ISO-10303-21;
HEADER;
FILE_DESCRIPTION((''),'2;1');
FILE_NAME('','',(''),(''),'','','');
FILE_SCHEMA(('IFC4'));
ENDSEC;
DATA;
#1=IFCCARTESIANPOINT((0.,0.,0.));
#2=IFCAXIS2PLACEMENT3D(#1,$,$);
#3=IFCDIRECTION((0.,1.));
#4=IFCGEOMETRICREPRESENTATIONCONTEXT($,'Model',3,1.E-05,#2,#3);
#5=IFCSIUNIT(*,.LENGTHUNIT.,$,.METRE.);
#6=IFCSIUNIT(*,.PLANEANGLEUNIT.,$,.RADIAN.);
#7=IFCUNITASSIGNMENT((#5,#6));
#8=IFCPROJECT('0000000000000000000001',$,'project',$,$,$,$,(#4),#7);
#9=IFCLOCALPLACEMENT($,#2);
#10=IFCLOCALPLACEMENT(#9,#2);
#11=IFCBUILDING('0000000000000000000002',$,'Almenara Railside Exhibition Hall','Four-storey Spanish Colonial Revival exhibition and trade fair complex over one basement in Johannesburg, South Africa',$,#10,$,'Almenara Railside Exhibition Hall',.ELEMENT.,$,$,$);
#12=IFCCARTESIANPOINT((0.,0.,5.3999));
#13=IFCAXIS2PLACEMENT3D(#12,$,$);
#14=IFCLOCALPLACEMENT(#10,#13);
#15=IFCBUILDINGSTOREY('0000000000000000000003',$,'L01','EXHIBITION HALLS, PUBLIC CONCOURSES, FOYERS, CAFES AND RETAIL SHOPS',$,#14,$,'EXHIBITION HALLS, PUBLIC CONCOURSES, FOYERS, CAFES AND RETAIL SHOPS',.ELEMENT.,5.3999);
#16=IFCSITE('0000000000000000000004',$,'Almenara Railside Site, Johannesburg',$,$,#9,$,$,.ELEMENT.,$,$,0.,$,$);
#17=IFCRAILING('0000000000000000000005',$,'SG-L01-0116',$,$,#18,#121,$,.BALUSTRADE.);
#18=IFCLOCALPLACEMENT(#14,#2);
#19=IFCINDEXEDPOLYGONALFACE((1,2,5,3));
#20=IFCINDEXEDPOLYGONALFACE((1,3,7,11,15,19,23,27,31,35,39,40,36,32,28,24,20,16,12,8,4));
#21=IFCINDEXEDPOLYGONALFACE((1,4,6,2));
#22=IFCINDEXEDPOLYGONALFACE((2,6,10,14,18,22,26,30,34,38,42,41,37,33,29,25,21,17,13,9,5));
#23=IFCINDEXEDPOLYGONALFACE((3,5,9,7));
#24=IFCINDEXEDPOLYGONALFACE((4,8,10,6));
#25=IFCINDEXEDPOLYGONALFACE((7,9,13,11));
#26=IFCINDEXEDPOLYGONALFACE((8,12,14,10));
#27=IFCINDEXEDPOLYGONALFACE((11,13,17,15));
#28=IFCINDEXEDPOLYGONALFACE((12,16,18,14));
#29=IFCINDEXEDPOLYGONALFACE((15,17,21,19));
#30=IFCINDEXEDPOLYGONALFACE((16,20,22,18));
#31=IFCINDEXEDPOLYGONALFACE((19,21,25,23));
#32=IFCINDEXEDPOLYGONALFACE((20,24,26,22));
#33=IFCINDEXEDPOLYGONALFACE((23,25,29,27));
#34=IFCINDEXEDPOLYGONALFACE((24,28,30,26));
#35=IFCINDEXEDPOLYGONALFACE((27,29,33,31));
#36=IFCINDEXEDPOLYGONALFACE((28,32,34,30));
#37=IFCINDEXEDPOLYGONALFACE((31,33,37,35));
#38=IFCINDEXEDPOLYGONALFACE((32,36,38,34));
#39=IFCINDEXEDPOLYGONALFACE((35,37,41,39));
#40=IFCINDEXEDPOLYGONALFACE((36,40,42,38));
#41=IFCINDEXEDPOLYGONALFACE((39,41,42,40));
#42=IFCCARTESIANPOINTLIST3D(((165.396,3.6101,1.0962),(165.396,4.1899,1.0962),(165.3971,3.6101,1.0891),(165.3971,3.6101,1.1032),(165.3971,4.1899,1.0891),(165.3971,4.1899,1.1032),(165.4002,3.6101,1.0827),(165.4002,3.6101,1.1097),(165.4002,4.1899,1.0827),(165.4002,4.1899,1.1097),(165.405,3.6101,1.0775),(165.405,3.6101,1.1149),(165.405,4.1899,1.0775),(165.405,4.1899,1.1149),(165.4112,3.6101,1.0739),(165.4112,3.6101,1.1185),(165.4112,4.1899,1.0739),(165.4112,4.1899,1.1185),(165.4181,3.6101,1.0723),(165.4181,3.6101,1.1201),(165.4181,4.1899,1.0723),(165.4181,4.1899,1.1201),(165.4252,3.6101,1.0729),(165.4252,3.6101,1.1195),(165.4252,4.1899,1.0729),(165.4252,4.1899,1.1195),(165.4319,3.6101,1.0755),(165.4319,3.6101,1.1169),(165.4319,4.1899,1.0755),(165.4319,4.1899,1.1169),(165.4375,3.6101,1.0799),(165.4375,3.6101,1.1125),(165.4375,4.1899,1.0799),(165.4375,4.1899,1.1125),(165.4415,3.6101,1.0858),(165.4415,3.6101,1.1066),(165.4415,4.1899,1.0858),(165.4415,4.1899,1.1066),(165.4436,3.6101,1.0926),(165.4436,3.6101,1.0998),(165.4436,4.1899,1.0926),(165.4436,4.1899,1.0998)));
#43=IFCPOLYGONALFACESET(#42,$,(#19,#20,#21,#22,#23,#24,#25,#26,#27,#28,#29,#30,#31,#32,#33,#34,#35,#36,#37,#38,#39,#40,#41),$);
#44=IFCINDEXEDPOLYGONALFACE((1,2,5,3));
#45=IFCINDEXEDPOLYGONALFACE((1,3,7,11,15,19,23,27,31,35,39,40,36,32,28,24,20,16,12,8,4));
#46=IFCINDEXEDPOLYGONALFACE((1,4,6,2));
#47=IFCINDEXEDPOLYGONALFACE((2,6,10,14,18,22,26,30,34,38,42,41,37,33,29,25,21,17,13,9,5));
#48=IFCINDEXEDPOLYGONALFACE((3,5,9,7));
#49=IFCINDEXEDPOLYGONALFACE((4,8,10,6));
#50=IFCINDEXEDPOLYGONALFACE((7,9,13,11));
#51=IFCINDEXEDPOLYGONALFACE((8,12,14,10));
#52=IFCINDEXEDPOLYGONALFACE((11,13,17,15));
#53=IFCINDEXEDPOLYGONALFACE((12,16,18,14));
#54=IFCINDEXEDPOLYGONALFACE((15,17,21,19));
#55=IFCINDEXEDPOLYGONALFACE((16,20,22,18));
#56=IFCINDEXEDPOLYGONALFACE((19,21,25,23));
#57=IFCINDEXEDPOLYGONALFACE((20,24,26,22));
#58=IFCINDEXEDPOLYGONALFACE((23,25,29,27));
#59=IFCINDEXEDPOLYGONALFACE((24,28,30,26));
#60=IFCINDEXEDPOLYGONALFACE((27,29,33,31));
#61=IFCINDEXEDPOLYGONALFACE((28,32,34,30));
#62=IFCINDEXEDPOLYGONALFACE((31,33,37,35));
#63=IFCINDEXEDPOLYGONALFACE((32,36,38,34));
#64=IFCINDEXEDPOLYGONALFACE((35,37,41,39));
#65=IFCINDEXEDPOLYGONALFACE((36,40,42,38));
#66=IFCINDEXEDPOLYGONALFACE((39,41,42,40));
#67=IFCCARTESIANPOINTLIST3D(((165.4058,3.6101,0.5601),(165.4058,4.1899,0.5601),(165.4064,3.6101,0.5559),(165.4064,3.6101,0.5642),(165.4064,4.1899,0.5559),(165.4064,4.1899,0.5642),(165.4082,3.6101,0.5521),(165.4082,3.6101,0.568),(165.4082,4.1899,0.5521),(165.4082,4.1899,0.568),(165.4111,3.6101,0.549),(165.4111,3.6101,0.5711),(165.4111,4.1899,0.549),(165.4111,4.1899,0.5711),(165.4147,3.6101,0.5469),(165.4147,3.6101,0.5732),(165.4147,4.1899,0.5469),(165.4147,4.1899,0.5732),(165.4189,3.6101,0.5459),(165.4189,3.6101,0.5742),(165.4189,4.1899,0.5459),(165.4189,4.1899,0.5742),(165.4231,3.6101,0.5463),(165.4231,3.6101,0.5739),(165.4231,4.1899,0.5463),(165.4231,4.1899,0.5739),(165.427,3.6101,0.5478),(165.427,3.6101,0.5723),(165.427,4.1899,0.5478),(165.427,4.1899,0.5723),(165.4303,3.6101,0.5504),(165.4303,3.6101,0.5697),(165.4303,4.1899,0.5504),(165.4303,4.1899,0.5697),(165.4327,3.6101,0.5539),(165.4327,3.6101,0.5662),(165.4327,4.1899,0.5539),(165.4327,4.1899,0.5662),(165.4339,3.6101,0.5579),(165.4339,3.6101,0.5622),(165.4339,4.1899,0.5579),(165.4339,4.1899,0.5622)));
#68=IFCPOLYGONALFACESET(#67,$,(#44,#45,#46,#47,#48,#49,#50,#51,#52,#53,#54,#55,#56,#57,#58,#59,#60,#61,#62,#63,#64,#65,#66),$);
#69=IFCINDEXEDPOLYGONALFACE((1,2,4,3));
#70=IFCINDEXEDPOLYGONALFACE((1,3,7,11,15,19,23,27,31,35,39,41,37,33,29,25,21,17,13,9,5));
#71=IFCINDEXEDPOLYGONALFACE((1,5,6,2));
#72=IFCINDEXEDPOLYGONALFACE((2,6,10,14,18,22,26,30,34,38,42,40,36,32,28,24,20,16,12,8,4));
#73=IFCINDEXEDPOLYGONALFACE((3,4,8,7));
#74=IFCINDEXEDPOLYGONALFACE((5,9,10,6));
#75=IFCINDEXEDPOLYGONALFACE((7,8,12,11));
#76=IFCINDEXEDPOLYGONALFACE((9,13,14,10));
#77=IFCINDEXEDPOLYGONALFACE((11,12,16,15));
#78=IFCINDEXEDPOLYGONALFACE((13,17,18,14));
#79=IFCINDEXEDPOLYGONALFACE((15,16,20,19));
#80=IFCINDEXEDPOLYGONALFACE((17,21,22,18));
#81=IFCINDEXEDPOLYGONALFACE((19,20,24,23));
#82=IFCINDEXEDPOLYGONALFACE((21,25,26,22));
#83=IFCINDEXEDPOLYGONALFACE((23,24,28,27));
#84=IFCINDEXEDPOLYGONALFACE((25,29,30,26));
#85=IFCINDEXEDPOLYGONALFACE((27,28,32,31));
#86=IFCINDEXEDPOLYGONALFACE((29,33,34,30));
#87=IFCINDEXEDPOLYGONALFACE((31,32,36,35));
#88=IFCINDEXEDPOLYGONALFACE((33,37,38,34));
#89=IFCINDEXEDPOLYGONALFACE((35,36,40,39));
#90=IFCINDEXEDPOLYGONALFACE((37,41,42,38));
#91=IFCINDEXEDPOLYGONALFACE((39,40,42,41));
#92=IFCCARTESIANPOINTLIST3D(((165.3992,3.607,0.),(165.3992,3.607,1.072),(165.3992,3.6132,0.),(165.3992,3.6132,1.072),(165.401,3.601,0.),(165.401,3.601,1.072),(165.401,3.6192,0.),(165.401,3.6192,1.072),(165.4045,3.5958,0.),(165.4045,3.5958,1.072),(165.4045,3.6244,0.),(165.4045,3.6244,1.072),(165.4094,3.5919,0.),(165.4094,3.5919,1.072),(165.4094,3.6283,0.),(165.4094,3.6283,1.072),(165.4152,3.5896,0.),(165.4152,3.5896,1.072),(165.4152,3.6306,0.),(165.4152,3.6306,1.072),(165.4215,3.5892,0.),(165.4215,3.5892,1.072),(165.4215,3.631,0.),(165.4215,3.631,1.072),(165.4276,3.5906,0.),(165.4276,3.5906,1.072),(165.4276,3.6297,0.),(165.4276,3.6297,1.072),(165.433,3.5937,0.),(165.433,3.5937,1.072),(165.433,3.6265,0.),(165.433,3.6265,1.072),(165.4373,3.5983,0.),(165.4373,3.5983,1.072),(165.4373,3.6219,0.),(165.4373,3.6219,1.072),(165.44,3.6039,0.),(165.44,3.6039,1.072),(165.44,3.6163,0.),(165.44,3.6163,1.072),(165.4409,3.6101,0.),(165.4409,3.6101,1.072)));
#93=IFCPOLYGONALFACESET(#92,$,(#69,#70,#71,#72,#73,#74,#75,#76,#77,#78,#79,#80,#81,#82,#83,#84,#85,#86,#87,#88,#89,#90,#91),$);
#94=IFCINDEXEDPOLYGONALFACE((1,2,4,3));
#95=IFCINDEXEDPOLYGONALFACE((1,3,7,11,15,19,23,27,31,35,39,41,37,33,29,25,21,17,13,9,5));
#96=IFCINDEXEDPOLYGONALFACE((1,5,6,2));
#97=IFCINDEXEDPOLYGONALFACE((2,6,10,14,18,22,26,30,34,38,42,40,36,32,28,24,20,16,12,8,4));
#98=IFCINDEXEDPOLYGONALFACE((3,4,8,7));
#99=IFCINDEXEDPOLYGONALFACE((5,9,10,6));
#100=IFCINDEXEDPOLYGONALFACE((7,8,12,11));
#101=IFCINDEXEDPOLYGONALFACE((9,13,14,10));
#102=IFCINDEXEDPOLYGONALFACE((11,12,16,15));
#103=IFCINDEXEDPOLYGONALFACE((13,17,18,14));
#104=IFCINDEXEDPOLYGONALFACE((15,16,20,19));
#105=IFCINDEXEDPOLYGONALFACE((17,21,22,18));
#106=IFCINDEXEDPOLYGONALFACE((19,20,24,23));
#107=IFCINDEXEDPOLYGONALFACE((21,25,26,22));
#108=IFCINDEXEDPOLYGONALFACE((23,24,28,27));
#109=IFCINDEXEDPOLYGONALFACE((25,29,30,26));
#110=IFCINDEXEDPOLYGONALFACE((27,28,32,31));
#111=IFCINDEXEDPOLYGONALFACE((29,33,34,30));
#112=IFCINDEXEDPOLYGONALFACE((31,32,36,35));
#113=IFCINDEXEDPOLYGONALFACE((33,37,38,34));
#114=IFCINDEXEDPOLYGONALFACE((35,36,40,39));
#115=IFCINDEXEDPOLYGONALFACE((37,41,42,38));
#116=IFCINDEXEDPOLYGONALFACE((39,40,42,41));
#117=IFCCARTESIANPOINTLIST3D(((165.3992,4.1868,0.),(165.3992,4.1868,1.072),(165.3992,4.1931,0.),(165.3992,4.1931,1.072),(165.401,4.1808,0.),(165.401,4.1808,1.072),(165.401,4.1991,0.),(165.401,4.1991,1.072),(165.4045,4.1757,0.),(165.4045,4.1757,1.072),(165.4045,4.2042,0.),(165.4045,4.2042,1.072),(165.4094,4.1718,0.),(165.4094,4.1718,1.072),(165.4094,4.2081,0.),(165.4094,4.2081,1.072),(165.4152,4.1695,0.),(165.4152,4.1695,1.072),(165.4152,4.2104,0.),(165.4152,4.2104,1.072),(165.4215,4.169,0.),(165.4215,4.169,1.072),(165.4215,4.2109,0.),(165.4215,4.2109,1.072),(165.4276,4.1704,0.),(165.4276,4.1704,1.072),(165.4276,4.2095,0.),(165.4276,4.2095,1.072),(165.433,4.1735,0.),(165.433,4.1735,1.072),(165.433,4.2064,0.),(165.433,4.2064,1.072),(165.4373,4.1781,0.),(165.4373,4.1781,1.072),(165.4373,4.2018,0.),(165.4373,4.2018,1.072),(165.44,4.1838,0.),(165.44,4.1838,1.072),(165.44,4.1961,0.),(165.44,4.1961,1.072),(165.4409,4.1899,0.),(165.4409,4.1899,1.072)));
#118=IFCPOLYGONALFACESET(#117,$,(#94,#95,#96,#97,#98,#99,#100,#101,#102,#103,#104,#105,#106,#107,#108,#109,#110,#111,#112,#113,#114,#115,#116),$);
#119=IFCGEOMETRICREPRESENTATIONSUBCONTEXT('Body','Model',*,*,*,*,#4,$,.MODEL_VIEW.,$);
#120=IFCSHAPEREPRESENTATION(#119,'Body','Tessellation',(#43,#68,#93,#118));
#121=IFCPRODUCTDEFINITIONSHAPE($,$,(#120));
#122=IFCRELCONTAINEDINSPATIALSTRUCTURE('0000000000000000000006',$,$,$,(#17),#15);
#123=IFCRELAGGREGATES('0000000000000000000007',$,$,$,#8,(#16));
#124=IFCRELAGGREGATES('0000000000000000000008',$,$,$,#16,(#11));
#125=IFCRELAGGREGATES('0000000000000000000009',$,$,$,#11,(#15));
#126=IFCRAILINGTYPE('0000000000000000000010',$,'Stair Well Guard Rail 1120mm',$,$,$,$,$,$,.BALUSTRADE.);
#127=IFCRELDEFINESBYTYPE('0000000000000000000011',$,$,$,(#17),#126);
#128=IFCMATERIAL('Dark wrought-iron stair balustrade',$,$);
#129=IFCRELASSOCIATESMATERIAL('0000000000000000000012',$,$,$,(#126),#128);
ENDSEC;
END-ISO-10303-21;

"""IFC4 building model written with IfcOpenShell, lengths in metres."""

from ifc_helpers import new_model, si_unit, direction, frame, origin, origin_2d, place, context, subcontext, project, spatial, circle, extrude, material, type_object, element, save


model = new_model("IFC4")

# Units and contexts
model_context = context("Model", 3, precision=1e-05, world=origin(), true_north=direction((0.0, 1.0)))
body_context = subcontext(model_context, "Body", "Model", "MODEL_VIEW")
ifc_project = project(units=[si_unit("LENGTHUNIT", "METRE"), si_unit("PLANEANGLEUNIT", "RADIAN")], contexts=[model_context])

# Site, building, storey
site_placement = place(None, origin())
site = spatial("IfcSite", under=ifc_project, at=site_placement, Name="Almenara Railside Site, Johannesburg", CompositionType="ELEMENT", RefElevation=0.0)
building_placement = place(site_placement, origin())
building = spatial("IfcBuilding", under=site, at=building_placement, Name="Almenara Railside Exhibition Hall", Description="Four-storey Spanish Colonial Revival exhibition and trade fair complex over one basement in Johannesburg, South Africa", LongName="Almenara Railside Exhibition Hall", CompositionType="ELEMENT")
storey_placement = place(building_placement, frame((0.0, 0.0, 5.3999)))
storey = spatial("IfcBuildingStorey", under=building, at=storey_placement, Name="L01", Description="EXHIBITION HALLS, PUBLIC CONCOURSES, FOYERS, CAFES AND RETAIL SHOPS", LongName="EXHIBITION HALLS, PUBLIC CONCOURSES, FOYERS, CAFES AND RETAIL SHOPS", CompositionType="ELEMENT", Elevation=5.3999)

# Railing
ifc_material_1 = material(Name="Dark wrought-iron stair balustrade")
railing_type_1 = type_object("IfcRailingType", Name="Stair Well Guard Rail 1120mm", PredefinedType="BALUSTRADE", material=ifc_material_1)
railing_1_placement = place(storey_placement, frame((165.4199, 3.6101, 0.0)))
element("IfcRailing", 1, at=railing_1_placement, inside=storey, type_object=railing_type_1, Name="SG-L01-0116", PredefinedType="BALUSTRADE", context=body_context, shape_type="SweptSolid", body=[
    extrude(circle(Radius=0.0239, at=origin_2d()), frame((0.0, 0.0, 1.0962), z_axis=(0.0, 1.0, 0.0), x_axis=(-1.0, 0.0, 0.0)), (0.0, 0.0, 1.0), 0.5798),
    extrude(circle(Radius=0.0142, at=origin_2d()), frame((0.0, 0.0, 0.5601), z_axis=(0.0, 1.0, 0.0), x_axis=(-1.0, 0.0, 0.0)), (0.0, 0.0, 1.0), 0.5798),
    extrude(circle(Radius=0.021, at=origin_2d()), origin(), (0.0, 0.0, 1.0), 1.072),
    extrude(circle(Radius=0.021, at=origin_2d()), frame((0.0, 0.5798, 0.0)), (0.0, 0.0, 1.0), 1.072),
])

save(model, "model.ifc")
